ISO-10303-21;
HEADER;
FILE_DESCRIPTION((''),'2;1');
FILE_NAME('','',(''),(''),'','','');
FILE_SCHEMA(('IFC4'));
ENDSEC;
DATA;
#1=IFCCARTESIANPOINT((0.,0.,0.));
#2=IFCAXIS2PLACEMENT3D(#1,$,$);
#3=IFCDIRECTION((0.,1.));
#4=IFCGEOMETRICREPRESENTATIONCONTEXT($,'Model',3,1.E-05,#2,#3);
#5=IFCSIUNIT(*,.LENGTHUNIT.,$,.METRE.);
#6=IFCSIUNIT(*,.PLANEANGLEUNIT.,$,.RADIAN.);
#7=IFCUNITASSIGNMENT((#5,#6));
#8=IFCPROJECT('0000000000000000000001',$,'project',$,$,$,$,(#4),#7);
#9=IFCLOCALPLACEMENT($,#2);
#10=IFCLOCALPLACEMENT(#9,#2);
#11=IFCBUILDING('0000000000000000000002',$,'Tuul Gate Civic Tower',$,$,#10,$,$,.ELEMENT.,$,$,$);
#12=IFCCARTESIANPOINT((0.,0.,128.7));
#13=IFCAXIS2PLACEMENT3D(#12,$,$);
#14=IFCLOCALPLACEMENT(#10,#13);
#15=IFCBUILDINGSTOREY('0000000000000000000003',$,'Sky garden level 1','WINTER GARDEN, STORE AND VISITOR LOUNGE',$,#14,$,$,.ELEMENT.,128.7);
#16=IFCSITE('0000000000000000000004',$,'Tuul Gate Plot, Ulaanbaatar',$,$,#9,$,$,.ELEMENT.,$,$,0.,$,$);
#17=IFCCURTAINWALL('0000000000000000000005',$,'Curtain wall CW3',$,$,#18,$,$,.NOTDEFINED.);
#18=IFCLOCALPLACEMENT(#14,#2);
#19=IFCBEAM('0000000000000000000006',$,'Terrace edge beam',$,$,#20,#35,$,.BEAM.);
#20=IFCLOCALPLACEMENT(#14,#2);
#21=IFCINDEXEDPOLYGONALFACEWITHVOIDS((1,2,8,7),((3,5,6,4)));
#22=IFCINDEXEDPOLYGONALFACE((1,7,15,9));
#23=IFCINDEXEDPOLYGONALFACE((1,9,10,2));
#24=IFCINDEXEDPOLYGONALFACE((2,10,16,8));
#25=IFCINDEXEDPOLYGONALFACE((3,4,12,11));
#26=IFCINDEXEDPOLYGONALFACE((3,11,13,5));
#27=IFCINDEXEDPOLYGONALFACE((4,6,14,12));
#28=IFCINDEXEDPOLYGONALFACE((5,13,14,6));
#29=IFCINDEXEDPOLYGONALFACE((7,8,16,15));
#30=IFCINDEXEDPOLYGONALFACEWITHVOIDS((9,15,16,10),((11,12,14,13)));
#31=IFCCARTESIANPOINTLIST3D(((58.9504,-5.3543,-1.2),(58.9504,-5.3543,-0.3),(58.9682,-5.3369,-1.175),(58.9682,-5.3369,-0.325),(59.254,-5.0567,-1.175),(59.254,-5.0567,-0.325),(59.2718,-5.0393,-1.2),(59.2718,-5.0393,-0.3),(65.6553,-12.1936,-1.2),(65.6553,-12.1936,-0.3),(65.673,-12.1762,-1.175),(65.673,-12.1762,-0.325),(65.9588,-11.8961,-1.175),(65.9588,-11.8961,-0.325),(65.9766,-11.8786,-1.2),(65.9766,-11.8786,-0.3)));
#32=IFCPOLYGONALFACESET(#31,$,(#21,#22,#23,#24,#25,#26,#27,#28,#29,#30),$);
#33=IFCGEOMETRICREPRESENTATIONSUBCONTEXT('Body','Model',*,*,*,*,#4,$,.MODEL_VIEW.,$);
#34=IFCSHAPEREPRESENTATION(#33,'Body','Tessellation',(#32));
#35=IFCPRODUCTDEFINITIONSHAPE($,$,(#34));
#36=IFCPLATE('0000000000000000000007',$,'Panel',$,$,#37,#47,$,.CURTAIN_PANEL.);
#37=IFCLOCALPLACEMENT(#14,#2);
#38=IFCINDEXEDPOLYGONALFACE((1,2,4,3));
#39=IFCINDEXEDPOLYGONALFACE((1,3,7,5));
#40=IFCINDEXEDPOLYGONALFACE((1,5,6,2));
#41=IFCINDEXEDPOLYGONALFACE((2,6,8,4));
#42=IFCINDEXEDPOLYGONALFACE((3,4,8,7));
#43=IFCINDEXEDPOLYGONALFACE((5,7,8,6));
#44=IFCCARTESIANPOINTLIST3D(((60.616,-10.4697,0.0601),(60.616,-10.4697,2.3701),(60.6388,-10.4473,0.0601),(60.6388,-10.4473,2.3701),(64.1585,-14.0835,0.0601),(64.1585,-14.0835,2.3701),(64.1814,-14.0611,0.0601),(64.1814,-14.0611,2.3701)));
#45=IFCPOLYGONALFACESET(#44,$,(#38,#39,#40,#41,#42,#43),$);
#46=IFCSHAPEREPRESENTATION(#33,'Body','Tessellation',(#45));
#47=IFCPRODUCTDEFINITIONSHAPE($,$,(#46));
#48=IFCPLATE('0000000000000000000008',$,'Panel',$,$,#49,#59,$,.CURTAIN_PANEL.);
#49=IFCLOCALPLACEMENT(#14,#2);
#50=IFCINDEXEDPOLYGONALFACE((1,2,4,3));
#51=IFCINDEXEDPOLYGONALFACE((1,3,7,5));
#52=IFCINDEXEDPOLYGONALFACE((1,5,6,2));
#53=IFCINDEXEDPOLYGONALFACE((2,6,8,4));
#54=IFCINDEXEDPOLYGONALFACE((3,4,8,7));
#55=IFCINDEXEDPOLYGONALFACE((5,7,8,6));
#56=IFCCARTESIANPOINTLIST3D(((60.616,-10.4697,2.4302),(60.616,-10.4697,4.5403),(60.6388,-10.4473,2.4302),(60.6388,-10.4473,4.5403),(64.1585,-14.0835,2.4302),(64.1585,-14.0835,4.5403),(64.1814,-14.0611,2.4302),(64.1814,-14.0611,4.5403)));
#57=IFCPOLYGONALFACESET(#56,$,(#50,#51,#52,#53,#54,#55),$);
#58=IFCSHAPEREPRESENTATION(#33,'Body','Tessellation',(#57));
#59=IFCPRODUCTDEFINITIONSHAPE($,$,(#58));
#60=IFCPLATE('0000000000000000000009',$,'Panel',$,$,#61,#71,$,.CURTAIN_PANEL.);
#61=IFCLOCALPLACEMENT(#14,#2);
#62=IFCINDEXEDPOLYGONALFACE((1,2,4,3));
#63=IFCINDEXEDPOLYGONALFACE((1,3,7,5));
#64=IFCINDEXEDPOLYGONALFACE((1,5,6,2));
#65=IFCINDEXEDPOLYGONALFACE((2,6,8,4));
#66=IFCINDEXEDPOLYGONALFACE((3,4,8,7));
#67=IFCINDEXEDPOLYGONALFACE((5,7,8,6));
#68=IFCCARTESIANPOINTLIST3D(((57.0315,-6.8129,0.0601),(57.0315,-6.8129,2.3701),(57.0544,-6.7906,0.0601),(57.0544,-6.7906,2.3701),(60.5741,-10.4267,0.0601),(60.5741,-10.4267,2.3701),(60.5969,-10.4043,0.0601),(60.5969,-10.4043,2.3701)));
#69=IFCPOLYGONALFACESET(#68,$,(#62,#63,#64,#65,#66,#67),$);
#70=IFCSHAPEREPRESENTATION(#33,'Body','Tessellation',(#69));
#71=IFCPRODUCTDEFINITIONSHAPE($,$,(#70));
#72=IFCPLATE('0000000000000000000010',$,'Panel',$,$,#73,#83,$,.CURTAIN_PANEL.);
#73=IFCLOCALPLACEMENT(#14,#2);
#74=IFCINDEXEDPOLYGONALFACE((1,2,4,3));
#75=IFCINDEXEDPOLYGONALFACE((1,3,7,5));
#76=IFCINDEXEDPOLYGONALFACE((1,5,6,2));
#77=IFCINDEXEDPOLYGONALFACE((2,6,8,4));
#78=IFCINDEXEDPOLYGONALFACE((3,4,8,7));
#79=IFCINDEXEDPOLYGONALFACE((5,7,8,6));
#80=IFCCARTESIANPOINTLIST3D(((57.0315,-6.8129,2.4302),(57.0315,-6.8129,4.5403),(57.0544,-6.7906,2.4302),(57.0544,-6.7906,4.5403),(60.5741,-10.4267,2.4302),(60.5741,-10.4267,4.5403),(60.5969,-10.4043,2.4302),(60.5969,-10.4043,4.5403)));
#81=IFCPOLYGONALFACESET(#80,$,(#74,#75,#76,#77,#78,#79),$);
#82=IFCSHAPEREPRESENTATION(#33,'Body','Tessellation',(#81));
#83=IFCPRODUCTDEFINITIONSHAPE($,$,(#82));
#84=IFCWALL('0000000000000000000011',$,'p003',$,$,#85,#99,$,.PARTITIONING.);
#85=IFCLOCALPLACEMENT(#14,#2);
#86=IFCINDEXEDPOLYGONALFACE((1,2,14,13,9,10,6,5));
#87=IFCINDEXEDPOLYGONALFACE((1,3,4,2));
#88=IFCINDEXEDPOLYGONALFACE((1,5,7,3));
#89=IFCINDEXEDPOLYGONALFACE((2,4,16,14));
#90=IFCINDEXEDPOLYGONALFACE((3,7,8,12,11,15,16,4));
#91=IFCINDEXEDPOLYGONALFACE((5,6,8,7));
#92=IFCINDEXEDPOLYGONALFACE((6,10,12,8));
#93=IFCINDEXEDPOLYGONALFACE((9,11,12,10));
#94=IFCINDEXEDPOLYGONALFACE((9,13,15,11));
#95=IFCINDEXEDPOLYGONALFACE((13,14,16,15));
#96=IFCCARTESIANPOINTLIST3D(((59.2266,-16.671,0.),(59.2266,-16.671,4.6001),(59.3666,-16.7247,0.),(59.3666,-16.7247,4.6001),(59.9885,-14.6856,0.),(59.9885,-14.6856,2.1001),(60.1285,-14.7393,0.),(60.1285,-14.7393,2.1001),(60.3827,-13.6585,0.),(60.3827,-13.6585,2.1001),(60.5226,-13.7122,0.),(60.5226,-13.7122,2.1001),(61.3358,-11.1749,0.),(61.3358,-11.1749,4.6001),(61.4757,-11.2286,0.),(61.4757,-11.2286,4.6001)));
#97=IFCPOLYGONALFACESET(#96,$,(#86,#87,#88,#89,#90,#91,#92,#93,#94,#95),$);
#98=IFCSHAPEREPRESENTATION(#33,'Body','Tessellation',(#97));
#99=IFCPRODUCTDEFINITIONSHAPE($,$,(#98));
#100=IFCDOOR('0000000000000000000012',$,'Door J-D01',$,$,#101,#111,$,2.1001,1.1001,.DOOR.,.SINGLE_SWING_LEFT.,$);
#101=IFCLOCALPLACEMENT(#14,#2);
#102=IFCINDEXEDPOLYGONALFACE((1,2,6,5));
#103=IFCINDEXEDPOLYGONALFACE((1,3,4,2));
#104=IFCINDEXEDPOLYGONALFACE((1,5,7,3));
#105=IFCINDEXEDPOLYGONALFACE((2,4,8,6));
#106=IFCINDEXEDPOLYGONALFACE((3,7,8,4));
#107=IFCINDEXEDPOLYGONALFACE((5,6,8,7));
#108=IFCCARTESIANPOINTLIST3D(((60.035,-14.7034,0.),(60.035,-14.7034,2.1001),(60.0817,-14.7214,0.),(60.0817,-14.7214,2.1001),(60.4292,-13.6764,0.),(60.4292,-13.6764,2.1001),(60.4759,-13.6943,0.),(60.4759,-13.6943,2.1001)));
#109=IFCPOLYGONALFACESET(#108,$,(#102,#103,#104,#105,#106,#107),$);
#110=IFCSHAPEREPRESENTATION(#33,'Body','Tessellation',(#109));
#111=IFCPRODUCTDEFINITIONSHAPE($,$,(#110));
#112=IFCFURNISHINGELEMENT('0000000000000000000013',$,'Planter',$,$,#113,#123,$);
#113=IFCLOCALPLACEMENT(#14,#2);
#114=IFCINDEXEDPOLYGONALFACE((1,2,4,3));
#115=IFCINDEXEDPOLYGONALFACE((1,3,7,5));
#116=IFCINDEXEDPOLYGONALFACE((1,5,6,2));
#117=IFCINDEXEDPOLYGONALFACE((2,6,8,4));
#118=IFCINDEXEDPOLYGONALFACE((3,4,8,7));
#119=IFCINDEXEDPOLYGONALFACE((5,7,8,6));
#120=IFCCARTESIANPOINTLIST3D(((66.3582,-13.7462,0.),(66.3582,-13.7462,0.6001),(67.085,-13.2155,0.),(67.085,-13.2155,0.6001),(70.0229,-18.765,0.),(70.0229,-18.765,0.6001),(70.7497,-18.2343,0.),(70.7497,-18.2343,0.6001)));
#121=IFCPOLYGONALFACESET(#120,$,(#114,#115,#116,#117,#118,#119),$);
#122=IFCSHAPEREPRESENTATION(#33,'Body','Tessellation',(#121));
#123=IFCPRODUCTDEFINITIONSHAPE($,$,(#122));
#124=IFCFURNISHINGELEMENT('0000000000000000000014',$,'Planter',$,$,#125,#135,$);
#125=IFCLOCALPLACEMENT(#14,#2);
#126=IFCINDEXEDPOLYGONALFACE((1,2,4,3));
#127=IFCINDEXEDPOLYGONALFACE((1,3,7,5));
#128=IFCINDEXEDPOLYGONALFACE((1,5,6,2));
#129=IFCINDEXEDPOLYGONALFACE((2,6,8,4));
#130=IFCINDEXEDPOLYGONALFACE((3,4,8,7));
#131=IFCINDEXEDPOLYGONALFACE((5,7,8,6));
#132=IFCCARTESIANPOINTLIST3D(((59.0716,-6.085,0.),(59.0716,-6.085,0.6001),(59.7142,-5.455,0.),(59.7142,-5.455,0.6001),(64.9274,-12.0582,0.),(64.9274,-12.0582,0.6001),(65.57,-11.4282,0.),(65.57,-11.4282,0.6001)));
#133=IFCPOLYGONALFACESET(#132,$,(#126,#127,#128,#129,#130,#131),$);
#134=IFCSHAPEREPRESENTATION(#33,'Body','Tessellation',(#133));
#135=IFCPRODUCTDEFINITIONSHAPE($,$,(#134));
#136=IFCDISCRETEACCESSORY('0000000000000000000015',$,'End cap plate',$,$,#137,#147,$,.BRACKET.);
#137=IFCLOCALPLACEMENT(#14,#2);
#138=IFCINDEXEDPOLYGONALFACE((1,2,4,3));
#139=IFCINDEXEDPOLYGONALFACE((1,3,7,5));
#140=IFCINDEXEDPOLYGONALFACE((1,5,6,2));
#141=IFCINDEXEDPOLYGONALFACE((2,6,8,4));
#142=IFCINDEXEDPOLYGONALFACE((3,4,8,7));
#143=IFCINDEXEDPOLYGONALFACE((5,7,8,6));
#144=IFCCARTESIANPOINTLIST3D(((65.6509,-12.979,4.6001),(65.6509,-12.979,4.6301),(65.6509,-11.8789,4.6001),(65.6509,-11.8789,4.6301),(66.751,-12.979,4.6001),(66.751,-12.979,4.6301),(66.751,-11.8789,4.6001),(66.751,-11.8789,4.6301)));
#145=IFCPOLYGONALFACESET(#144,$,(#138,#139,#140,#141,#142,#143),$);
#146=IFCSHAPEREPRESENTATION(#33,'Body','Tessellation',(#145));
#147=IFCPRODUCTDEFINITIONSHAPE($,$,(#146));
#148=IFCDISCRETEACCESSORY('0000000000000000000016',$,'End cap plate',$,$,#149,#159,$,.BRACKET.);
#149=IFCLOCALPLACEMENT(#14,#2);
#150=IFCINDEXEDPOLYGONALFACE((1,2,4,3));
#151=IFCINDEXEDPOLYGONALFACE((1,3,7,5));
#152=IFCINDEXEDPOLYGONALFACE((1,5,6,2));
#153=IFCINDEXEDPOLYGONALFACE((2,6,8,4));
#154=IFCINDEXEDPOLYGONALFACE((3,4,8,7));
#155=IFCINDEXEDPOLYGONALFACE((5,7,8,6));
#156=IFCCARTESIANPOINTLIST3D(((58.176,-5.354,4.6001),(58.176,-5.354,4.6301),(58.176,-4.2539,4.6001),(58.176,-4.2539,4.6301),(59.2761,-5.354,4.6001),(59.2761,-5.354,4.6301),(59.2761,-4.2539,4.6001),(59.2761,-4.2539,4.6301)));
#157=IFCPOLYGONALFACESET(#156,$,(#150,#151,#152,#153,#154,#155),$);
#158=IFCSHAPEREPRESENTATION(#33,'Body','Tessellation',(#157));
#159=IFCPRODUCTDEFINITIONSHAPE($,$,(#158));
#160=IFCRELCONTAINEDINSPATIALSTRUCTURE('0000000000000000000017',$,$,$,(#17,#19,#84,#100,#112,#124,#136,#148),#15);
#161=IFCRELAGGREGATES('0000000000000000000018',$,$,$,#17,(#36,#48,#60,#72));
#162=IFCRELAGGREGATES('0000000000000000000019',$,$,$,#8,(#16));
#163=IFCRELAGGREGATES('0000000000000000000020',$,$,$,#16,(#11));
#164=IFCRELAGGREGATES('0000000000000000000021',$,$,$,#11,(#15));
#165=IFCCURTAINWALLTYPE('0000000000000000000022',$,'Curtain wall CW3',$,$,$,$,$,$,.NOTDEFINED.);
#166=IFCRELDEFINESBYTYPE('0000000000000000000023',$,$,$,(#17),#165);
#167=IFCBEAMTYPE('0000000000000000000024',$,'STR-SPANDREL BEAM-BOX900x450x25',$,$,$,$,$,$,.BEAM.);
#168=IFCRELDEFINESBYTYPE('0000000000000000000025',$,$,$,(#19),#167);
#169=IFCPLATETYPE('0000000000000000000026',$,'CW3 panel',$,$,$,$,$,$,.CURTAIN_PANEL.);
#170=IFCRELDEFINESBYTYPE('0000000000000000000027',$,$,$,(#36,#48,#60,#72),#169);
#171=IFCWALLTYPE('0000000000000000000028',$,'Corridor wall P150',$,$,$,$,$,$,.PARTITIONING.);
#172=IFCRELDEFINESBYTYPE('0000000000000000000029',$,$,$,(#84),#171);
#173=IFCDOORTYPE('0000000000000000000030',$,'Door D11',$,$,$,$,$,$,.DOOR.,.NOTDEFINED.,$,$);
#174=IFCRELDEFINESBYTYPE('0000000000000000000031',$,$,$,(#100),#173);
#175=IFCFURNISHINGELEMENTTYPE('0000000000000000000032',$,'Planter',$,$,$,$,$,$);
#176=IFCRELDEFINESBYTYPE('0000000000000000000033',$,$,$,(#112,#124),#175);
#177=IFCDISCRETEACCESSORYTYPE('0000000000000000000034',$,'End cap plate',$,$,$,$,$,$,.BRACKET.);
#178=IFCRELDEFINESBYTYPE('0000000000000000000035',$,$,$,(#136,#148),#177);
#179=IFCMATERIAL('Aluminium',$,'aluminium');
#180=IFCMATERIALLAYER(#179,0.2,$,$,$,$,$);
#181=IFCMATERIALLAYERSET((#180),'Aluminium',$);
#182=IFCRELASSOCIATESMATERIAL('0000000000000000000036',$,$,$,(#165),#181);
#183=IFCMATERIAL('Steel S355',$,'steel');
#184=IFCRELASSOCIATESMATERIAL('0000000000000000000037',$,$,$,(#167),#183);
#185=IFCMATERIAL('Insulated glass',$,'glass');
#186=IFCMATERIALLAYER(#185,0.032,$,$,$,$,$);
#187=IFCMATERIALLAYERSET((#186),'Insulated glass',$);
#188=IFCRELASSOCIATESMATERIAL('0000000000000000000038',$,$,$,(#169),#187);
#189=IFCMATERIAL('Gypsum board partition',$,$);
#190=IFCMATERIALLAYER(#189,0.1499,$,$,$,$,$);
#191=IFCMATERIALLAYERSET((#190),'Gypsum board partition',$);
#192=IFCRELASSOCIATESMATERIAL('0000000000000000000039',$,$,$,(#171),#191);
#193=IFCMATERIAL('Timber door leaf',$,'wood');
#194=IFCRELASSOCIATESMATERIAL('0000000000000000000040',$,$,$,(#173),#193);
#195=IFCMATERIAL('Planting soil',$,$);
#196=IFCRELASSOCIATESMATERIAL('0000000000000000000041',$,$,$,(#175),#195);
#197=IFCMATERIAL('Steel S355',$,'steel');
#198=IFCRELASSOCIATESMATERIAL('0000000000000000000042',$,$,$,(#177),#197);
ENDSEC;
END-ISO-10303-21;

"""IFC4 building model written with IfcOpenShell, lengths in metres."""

from ifc_helpers import new_model, si_unit, direction, frame, frame_2d, origin, origin_2d, place, context, subcontext, project, spatial, rectangle, hollow_rectangle, extrude, material, layer, layer_set, material_profile, profile_set, type_object, element, fill, aggregate, save


model = new_model("IFC4")

# Units and contexts
model_context = context("Model", 3, precision=1e-05, world=origin(), true_north=direction((0.0, 1.0)))
body_context = subcontext(model_context, "Body", "Model", "MODEL_VIEW")
ifc_project = project(units=[si_unit("LENGTHUNIT", "METRE"), si_unit("PLANEANGLEUNIT", "RADIAN")], contexts=[model_context])

# Site, building, storey
site_placement = place(None, origin())
site = spatial("IfcSite", under=ifc_project, at=site_placement, Name="Tuul Gate Plot, Ulaanbaatar", CompositionType="ELEMENT", RefElevation=0.0)
building_placement = place(site_placement, origin())
building = spatial("IfcBuilding", under=site, at=building_placement, Name="Tuul Gate Civic Tower", CompositionType="ELEMENT")
storey_placement = place(building_placement, frame((0.0, 0.0, 128.7)))
storey = spatial("IfcBuildingStorey", under=building, at=storey_placement, Name="Sky garden level 1", Description="WINTER GARDEN, STORE AND VISITOR LOUNGE", CompositionType="ELEMENT", Elevation=128.7)

# Curtain wall
ifc_material_1 = material(Name="Aluminium", Category="aluminium")
ifc_layer_1 = layer(ifc_material_1, 0.2)
ifc_layer_set_1 = layer_set([ifc_layer_1], Name="Aluminium")
curtain_wall_type = type_object("IfcCurtainWallType", Name="Curtain wall CW3", PredefinedType="NOTDEFINED", material=ifc_layer_set_1)
curtain_wall_placement = place(storey_placement, origin())
curtain_wall = element("IfcCurtainWall", 1, at=curtain_wall_placement, inside=storey, type_object=curtain_wall_type, Name="Curtain wall CW3", PredefinedType="NOTDEFINED")

# Beam
ifc_material_2 = material(Name="Steel S355", Category="steel")
ifc_material_profile_1 = material_profile(ifc_material_2, hollow_rectangle(XDim=0.45, YDim=0.8999, WallThickness=0.0249, at=origin_2d()), Name="BOX900x450x25")
ifc_profile_set_1 = profile_set([ifc_material_profile_1], Name="Steel S355")
beam_type_1 = type_object("IfcBeamType", Name="STR-SPANDREL BEAM-BOX900x450x25", PredefinedType="BEAM", material=ifc_profile_set_1)
beam_1_placement = place(storey_placement, frame((65.8159, -12.0361, -0.75), z_axis=(-0.700049, 0.714095, 0.0), x_axis=(-0.714095, -0.700049, 0.0)))
element("IfcBeam", 2, at=beam_1_placement, inside=storey, type_object=beam_type_1, Name="Terrace edge beam", PredefinedType="BEAM", context=body_context, shape_type="SweptSolid", body=[
    extrude(hollow_rectangle(XDim=0.45, YDim=0.8999, WallThickness=0.0249, at=origin_2d()), origin(), (0.0, 0.0, 1.0), 9.5776),
])

# Plates
ifc_material_3 = material(Name="Insulated glass", Category="glass")
ifc_layer_2 = layer(ifc_material_3, 0.032)
ifc_layer_set_2 = layer_set([ifc_layer_2], Name="Insulated glass")
plate_type = type_object("IfcPlateType", Name="CW3 panel", PredefinedType="CURTAIN_PANEL", material=ifc_layer_set_2)
plate_1_placement = place(storey_placement, frame((62.3987, -12.2654, 0.0601), z_axis=(0.0, 0.0, 1.0), x_axis=(-0.700034, 0.71411, 0.0)))
plate_1 = element("IfcPlate", 3, at=plate_1_placement, type_object=plate_type, Name="Panel", PredefinedType="CURTAIN_PANEL", context=body_context, shape_type="SweptSolid", body=[
    extrude(rectangle(XDim=5.0605, YDim=0.032, at=origin_2d()), origin(), (0.0, 0.0, 1.0), 2.3101),
])
plate_2_placement = place(storey_placement, frame((62.3987, -12.2654, 2.4302), z_axis=(0.0, 0.0, 1.0), x_axis=(-0.700034, 0.71411, 0.0)))
plate_2 = element("IfcPlate", 4, at=plate_2_placement, type_object=plate_type, Name="Panel", PredefinedType="CURTAIN_PANEL", context=body_context, shape_type="SweptSolid", body=[
    extrude(rectangle(XDim=5.0605, YDim=0.032, at=origin_2d()), origin(), (0.0, 0.0, 1.0), 2.1101),
])
plate_3_placement = place(storey_placement, frame((58.8142, -8.6086, 0.0601), z_axis=(0.0, 0.0, 1.0), x_axis=(-0.700034, 0.71411, 0.0)))
plate_3 = element("IfcPlate", 5, at=plate_3_placement, type_object=plate_type, Name="Panel", PredefinedType="CURTAIN_PANEL", context=body_context, shape_type="SweptSolid", body=[
    extrude(rectangle(XDim=5.0605, YDim=0.032, at=origin_2d()), origin(), (0.0, 0.0, 1.0), 2.3101),
])
plate_4_placement = place(storey_placement, frame((58.8142, -8.6086, 2.4302), z_axis=(0.0, 0.0, 1.0), x_axis=(-0.700034, 0.71411, 0.0)))
plate_4 = element("IfcPlate", 6, at=plate_4_placement, type_object=plate_type, Name="Panel", PredefinedType="CURTAIN_PANEL", context=body_context, shape_type="SweptSolid", body=[
    extrude(rectangle(XDim=5.0605, YDim=0.032, at=origin_2d()), origin(), (0.0, 0.0, 1.0), 2.1101),
])
aggregate(curtain_wall, [plate_1, plate_2, plate_3, plate_4])

# Wall, opening, door
ifc_material_4 = material(Name="Gypsum board partition")
ifc_layer_3 = layer(ifc_material_4, 0.1499)
ifc_layer_set_3 = layer_set([ifc_layer_3], Name="Gypsum board partition")
wall_type = type_object("IfcWallType", Name="Corridor wall P150", PredefinedType="PARTITIONING", material=ifc_layer_set_3)
wall_placement = place(storey_placement, frame((59.2966, -16.6978, 0.0), z_axis=(0.0, 0.0, 1.0), x_axis=(0.358276, 0.933616, 0.0)))
wall = element("IfcWall", 7, at=wall_placement, inside=storey, type_object=wall_type, Name="p003", PredefinedType="PARTITIONING", context=body_context, shape_type="SweptSolid", body=[
    extrude(rectangle(XDim=5.887, YDim=0.1499, at=frame_2d((2.9434, 0.0))), origin(), (0.0, 0.0, 1.0), 4.6001),
])
opening_placement = place(wall_placement, frame((2.1265, 0.0, 0.0)))
opening = element("IfcOpeningElement", 8, at=opening_placement, cuts=wall, PredefinedType="OPENING", context=body_context, shape_type="SweptSolid", body=[
    extrude(rectangle(XDim=1.1001, YDim=2.1001, at=frame_2d((0.55, 1.05))), frame((0.0, 0.085, 0.0), z_axis=(0.0, -1.0, 0.0), x_axis=(1.0, 0.0, 0.0)), (0.0, 0.0, 1.0), 0.1699),
])
ifc_material_5 = material(Name="Timber door leaf", Category="wood")
door_type = type_object("IfcDoorType", Name="Door D11", OperationType="NOTDEFINED", PredefinedType="DOOR", material=ifc_material_5)
door_placement = place(opening_placement, frame((1.1001, 0.0, 0.0), z_axis=(0.0, 0.0, 1.0), x_axis=(-1.0, 0.0, 0.0)))
door = element("IfcDoor", 9, at=door_placement, inside=storey, type_object=door_type, Name="Door J-D01", OperationType="SINGLE_SWING_LEFT", OverallHeight=2.1001, OverallWidth=1.1001, PredefinedType="DOOR", context=body_context, shape_type="SweptSolid", body=[
    extrude(rectangle(XDim=1.1001, YDim=2.1001, at=frame_2d((0.55, 1.05))), frame((0.0, 0.0249, 0.0), z_axis=(0.0, -1.0, 0.0), x_axis=(1.0, 0.0, 0.0)), (0.0, 0.0, 1.0), 0.05),
])
fill(opening, door)

# Furnishing elements
ifc_material_6 = material(Name="Planting soil")
furnishing_element_type = type_object("IfcFurnishingElementType", Name="Planter", material=ifc_material_6)
furnishing_1_placement = place(storey_placement, frame((68.554, -15.9902, 0.0), z_axis=(0.0, 0.0, 1.0), x_axis=(-0.589717, 0.80761, 0.0)))
element("IfcFurnishingElement", 10, at=furnishing_1_placement, inside=storey, type_object=furnishing_element_type, Name="Planter", context=body_context, shape_type="SweptSolid", body=[
    extrude(rectangle(XDim=6.2144, YDim=0.8999, at=origin_2d()), origin(), (0.0, 0.0, 1.0), 0.6001),
])
furnishing_2_placement = place(storey_placement, frame((62.3208, -8.7566, 0.0), z_axis=(0.0, 0.0, 1.0), x_axis=(-0.700058, 0.714086, 0.0)))
element("IfcFurnishingElement", 11, at=furnishing_2_placement, inside=storey, type_object=furnishing_element_type, Name="Planter", context=body_context, shape_type="SweptSolid", body=[
    extrude(rectangle(XDim=8.3647, YDim=0.8999, at=origin_2d()), origin(), (0.0, 0.0, 1.0), 0.6001),
])

# Discrete accessories
ifc_material_7 = material(Name="Steel S355", Category="steel")
discrete_accessory_type = type_object("IfcDiscreteAccessoryType", Name="End cap plate", PredefinedType="BRACKET", material=ifc_material_7)
for number, where, z_axis, x_axis, name in (
    (12, (66.2009, -12.429, 4.6001), (0.0, 0.0, 1.0), (1.0, 0.0, 0.0), "End cap plate"),
    (13, (58.7261, -4.804, 4.6001), (0.0, 0.0, 1.0), (1.0, 0.0, 0.0), "End cap plate"),
):
    element("IfcDiscreteAccessory", number, at=place(storey_placement, frame(where, z_axis=z_axis, x_axis=x_axis)), inside=storey, type_object=discrete_accessory_type, Name=name, PredefinedType="BRACKET", context=body_context, shape_type="SweptSolid", body=[
        extrude(rectangle(XDim=1.1001, YDim=1.1001, at=origin_2d()), origin(), (0.0, 0.0, 1.0), 0.03),
    ])

save(model, "model.ifc")
